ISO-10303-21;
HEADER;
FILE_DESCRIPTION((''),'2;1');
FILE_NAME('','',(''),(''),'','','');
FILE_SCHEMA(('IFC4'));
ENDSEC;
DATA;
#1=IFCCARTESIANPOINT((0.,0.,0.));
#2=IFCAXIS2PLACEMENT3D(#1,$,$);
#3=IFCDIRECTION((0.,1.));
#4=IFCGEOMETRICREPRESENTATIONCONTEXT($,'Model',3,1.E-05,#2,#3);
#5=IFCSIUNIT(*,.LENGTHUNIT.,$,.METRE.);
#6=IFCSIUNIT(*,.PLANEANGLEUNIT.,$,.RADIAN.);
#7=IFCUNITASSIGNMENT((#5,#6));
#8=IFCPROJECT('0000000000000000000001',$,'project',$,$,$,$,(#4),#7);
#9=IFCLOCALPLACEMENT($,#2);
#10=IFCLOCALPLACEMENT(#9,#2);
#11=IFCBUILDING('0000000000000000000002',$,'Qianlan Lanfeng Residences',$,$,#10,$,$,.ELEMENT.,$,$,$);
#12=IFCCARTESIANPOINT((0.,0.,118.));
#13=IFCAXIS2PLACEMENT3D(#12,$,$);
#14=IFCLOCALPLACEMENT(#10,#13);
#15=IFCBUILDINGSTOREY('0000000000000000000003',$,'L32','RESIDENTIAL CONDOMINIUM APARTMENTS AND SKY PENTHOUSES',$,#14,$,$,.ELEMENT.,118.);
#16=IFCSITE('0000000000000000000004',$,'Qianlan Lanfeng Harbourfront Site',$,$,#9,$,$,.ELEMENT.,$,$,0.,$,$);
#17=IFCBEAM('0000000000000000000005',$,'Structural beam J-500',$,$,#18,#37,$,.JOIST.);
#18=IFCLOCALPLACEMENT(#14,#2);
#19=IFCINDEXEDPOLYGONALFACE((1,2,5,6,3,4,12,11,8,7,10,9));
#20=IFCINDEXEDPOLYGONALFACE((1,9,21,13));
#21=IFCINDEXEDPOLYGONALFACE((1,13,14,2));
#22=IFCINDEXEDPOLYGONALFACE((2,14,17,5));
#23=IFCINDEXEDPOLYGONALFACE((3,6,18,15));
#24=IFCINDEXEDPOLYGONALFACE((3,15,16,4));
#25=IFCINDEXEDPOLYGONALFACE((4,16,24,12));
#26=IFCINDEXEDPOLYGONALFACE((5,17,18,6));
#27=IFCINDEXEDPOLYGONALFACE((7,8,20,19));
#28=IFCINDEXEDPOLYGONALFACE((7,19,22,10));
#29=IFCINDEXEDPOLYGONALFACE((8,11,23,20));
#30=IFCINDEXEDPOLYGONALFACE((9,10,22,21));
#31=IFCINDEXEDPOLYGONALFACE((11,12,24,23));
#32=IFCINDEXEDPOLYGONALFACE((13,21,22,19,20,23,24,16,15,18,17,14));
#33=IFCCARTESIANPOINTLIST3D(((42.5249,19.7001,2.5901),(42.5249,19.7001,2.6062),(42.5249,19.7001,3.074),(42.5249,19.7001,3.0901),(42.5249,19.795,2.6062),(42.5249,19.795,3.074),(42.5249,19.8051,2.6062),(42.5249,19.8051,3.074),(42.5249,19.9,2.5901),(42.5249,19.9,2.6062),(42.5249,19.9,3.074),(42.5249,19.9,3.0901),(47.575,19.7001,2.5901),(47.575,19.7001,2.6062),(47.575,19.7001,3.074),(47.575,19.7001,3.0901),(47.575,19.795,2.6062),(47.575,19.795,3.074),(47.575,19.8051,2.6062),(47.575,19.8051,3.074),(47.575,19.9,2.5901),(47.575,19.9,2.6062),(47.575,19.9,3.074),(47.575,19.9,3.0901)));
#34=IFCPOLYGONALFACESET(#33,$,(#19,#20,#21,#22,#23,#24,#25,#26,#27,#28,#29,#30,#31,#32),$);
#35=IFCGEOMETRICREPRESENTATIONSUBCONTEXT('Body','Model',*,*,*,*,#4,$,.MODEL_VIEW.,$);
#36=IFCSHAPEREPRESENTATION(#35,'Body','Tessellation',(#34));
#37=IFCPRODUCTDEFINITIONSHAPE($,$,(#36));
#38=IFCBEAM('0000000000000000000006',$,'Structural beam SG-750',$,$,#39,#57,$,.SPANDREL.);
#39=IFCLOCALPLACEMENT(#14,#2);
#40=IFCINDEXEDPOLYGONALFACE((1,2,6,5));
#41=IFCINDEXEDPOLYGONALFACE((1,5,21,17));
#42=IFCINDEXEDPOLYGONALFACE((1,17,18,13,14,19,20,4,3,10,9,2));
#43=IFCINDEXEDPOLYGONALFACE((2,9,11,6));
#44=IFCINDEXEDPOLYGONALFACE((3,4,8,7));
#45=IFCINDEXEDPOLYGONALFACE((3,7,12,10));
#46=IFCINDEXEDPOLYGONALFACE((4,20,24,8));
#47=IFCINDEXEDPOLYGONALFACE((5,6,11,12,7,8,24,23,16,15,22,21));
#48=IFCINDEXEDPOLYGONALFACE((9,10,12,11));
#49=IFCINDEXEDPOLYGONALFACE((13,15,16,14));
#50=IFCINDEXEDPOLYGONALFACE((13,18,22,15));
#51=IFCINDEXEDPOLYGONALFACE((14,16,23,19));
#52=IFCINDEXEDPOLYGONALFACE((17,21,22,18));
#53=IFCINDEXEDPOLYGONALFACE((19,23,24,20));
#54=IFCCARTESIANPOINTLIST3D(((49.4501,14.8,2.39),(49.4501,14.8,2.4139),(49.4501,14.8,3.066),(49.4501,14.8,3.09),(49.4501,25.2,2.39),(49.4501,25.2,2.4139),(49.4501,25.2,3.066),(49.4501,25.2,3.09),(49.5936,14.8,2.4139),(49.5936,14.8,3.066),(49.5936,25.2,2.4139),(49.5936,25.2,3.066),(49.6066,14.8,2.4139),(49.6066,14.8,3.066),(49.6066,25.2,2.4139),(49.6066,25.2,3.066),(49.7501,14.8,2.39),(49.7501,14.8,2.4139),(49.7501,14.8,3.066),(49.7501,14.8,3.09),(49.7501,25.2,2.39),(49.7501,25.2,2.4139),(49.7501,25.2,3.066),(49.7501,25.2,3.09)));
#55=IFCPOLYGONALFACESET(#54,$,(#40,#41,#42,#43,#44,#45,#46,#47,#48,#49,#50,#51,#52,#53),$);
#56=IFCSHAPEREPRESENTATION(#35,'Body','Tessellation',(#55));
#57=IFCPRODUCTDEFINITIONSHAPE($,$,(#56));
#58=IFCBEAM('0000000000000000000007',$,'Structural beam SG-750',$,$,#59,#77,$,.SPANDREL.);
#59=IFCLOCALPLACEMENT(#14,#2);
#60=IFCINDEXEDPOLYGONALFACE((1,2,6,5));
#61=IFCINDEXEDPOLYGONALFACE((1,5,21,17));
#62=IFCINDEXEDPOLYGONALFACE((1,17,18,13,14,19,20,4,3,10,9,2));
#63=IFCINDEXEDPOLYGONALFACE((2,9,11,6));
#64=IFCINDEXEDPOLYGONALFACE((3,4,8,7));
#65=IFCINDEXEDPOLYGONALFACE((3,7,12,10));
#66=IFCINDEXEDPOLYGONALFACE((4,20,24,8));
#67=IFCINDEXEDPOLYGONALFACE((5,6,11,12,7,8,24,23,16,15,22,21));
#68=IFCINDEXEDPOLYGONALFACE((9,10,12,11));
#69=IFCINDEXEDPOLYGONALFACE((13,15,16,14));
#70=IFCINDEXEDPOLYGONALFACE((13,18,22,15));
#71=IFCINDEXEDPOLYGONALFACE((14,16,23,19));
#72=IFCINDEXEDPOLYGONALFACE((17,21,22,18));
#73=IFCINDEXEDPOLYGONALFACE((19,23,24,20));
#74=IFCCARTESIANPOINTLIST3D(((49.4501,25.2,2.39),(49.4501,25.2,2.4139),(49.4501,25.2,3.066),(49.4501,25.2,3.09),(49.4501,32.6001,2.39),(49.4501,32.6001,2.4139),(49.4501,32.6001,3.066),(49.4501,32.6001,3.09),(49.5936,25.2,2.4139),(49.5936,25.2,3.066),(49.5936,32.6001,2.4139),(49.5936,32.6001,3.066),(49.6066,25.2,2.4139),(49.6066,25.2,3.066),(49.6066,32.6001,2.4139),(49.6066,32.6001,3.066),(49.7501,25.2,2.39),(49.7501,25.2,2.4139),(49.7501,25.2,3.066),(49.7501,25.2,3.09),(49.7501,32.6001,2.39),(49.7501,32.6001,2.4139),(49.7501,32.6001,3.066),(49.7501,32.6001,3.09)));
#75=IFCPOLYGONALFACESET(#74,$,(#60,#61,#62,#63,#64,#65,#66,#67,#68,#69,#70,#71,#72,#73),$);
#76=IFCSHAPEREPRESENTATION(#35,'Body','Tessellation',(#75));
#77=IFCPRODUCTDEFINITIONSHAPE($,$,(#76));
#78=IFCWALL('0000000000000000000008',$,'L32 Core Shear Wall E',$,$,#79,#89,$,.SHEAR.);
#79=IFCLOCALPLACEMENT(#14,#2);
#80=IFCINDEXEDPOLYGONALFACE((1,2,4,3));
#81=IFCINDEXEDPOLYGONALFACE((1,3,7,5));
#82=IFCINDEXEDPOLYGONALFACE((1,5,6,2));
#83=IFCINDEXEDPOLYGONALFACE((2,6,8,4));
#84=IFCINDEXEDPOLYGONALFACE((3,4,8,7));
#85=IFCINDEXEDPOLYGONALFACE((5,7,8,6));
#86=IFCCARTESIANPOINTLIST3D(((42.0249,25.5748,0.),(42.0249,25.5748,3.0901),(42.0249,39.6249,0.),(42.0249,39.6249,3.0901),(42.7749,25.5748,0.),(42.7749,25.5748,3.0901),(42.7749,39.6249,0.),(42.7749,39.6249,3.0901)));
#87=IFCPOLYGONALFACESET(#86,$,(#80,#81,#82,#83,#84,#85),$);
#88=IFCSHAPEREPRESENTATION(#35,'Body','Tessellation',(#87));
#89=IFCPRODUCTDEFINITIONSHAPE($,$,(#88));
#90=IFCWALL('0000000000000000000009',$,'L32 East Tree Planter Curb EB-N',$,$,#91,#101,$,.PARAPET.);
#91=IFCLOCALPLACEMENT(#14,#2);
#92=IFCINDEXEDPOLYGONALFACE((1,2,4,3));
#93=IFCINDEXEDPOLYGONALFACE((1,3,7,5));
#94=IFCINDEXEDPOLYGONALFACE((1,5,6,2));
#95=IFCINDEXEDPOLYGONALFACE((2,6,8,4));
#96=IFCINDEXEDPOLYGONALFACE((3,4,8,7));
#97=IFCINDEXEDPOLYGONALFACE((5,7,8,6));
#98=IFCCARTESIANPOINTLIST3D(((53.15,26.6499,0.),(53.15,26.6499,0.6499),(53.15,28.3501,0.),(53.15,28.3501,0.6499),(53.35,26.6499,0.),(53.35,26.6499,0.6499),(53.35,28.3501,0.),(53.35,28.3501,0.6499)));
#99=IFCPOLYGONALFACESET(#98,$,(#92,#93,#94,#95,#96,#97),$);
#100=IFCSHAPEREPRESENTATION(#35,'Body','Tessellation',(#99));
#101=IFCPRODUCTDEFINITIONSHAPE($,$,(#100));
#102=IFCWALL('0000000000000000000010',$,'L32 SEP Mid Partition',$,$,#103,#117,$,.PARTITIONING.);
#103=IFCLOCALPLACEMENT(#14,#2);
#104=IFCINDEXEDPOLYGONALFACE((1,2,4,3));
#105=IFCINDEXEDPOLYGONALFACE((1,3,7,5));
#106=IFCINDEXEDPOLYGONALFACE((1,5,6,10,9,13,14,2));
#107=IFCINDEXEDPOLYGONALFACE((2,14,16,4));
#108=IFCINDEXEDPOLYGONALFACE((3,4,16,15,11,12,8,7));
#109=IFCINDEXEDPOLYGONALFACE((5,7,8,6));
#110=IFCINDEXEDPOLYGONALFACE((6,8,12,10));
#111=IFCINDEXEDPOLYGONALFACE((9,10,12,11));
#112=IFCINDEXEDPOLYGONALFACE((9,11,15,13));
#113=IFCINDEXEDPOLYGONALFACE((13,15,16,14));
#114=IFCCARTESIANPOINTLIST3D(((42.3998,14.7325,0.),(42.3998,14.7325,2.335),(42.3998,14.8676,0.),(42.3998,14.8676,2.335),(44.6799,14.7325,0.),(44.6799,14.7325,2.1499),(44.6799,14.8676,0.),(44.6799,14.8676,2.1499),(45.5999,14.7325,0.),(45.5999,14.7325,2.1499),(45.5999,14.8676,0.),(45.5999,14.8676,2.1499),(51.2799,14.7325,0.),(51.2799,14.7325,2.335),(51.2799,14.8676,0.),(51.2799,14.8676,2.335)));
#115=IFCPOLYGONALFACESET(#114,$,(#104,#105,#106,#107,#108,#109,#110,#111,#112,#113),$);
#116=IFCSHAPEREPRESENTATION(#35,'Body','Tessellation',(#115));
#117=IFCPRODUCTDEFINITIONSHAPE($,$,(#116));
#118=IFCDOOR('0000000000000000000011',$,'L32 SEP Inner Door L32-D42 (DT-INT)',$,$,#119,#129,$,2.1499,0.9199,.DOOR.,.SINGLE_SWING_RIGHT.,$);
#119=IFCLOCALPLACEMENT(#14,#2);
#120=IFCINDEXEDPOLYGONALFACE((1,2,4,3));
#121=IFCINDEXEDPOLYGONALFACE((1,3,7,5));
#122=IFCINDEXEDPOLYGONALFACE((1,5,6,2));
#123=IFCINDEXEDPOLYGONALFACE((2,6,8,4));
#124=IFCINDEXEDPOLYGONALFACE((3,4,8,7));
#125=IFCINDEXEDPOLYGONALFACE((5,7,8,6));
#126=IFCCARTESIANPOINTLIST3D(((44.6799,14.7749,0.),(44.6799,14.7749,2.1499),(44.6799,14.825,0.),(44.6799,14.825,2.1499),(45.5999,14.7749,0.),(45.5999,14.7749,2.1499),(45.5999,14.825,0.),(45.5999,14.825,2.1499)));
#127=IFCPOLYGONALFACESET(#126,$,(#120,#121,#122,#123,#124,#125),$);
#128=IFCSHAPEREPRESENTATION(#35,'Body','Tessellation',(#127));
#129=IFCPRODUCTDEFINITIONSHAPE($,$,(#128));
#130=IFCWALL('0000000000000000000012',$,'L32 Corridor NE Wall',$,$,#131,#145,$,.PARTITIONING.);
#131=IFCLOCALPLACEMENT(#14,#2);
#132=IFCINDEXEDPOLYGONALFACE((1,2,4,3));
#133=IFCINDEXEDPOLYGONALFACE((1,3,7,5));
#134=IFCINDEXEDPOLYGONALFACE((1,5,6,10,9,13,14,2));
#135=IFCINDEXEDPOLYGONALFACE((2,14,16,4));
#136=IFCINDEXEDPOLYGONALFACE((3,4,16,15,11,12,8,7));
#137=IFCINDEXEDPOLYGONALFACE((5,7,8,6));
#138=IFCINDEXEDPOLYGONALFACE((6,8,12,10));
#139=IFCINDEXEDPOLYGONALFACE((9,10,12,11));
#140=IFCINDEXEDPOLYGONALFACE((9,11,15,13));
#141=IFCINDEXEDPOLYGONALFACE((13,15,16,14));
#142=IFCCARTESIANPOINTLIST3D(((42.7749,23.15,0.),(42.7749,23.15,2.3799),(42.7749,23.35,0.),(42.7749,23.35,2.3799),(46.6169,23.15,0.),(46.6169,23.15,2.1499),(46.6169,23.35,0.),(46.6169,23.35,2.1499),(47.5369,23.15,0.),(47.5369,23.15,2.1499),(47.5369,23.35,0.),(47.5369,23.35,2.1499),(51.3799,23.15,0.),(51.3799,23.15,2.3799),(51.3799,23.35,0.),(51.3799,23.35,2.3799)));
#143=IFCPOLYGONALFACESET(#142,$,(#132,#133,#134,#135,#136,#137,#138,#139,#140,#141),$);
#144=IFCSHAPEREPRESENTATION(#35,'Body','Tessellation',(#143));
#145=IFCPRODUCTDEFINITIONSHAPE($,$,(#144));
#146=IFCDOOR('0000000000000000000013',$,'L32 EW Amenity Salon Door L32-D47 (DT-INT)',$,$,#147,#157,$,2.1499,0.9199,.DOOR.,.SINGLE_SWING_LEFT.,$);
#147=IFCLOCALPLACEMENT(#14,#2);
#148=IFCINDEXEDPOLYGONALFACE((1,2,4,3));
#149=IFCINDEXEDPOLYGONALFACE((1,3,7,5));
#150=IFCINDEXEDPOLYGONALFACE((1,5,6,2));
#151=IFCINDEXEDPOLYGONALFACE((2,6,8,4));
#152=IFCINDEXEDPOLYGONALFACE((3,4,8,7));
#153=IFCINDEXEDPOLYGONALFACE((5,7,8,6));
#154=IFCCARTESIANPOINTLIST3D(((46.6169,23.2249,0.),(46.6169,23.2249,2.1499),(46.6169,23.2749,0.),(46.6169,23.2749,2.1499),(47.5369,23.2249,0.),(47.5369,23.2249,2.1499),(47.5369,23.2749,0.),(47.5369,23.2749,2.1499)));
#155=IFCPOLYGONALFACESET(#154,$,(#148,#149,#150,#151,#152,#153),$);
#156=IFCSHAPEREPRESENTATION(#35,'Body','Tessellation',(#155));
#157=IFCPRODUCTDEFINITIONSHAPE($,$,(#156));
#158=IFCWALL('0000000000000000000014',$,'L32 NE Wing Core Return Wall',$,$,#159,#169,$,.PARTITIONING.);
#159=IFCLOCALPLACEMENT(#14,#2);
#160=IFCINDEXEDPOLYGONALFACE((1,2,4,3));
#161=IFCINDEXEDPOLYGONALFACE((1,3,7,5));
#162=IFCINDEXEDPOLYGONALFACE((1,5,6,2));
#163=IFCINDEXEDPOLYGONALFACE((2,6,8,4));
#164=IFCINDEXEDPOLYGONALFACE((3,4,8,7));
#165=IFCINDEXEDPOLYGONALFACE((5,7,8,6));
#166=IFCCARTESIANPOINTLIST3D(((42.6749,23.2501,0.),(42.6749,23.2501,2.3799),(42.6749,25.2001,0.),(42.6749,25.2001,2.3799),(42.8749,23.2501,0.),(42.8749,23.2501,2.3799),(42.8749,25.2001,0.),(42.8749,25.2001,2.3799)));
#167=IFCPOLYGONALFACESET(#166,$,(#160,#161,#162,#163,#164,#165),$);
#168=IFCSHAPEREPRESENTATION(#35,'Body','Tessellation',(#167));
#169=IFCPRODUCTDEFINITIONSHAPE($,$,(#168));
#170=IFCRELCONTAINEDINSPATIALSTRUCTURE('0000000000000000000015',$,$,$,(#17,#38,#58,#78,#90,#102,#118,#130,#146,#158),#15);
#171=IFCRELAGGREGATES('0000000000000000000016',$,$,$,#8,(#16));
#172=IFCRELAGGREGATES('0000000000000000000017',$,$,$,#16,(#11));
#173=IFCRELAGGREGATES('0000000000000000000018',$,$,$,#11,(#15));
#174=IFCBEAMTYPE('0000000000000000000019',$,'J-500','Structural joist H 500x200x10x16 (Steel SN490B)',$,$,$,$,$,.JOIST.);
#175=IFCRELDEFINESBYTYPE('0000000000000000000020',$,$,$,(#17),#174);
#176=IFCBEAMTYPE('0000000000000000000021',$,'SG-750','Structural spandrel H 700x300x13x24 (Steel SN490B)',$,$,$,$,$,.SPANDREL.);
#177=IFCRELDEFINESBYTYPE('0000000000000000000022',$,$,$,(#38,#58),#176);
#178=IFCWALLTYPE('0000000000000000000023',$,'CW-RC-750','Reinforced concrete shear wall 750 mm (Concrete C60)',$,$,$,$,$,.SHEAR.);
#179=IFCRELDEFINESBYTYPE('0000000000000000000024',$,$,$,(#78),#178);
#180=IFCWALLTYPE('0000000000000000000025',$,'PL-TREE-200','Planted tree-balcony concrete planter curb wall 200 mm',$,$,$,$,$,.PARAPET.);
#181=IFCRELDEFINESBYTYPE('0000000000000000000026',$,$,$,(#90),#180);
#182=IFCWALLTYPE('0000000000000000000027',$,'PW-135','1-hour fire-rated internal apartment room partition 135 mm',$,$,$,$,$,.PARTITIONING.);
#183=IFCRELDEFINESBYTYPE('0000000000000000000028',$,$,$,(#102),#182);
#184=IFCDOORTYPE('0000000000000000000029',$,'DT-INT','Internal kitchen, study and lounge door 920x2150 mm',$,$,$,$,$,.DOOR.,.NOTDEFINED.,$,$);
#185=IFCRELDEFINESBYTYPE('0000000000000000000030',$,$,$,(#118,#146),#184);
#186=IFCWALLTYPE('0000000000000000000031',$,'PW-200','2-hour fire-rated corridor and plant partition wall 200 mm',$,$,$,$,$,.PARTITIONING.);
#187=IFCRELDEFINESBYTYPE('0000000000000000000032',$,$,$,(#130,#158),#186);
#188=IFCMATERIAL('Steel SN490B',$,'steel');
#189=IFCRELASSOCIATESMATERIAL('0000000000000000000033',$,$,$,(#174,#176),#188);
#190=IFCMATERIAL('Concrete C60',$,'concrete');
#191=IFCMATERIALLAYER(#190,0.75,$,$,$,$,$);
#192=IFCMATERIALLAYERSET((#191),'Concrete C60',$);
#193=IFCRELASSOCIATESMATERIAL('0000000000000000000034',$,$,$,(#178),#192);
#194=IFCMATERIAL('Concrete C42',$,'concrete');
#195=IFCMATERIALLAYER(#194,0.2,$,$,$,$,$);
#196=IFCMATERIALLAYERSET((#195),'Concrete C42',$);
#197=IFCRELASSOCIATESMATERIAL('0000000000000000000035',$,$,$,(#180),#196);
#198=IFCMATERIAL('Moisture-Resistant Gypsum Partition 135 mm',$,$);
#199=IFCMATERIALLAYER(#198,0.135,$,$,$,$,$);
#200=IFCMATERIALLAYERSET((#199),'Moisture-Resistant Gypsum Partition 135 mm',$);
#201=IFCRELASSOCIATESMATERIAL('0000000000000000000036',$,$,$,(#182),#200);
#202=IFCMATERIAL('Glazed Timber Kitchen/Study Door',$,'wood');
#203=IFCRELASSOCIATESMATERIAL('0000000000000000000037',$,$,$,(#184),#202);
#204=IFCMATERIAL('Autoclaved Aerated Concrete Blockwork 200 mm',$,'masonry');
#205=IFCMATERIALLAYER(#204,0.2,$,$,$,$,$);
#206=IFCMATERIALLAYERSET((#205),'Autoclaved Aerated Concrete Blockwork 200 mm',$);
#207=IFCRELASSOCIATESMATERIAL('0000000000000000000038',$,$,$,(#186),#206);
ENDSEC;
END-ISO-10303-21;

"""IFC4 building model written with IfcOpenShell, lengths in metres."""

from ifc_helpers import new_model, si_unit, direction, frame, frame_2d, origin, origin_2d, place, context, subcontext, project, spatial, rectangle, i_section, extrude, material, layer, layer_set, material_profile, profile_set, type_object, element, fill, save


model = new_model("IFC4")

# Units and contexts
model_context = context("Model", 3, precision=1e-05, world=origin(), true_north=direction((0.0, 1.0)))
body_context = subcontext(model_context, "Body", "Model", "MODEL_VIEW")
ifc_project = project(units=[si_unit("LENGTHUNIT", "METRE"), si_unit("PLANEANGLEUNIT", "RADIAN")], contexts=[model_context])

# Site, building, storey
site_placement = place(None, origin())
site = spatial("IfcSite", under=ifc_project, at=site_placement, Name="Qianlan Lanfeng Harbourfront Site", CompositionType="ELEMENT", RefElevation=0.0)
building_placement = place(site_placement, origin())
building = spatial("IfcBuilding", under=site, at=building_placement, Name="Qianlan Lanfeng Residences", CompositionType="ELEMENT")
storey_placement = place(building_placement, frame((0.0, 0.0, 118.0)))
storey = spatial("IfcBuildingStorey", under=building, at=storey_placement, Name="L32", Description="RESIDENTIAL CONDOMINIUM APARTMENTS AND SKY PENTHOUSES", CompositionType="ELEMENT", Elevation=118.0)

# Shared definitions
ifc_material_1 = material(Name="Steel SN490B", Category="steel")

# Beams
ifc_material_profile_1 = material_profile(ifc_material_1, i_section(OverallWidth=0.2, OverallDepth=0.5, WebThickness=0.01, FlangeThickness=0.0161, at=origin_2d()), Name="H 500x200x10x16")
ifc_profile_set_1 = profile_set([ifc_material_profile_1], Name="Steel SN490B")
beam_type_1 = type_object("IfcBeamType", Name="J-500", Description="Structural joist H 500x200x10x16 (Steel SN490B)", PredefinedType="JOIST", material=ifc_profile_set_1)
beam_1_placement = place(storey_placement, frame((42.5249, 19.8, 2.8401), z_axis=(1.0, 0.0, 0.0), x_axis=(0.0, 1.0, 0.0)))
element("IfcBeam", 1, at=beam_1_placement, inside=storey, type_object=beam_type_1, Name="Structural beam J-500", PredefinedType="JOIST", context=body_context, shape_type="SweptSolid", body=[
    extrude(i_section(OverallWidth=0.2, OverallDepth=0.5, WebThickness=0.01, FlangeThickness=0.0161, at=origin_2d()), origin(), (0.0, 0.0, 1.0), 5.05),
])
ifc_material_profile_2 = material_profile(ifc_material_1, i_section(OverallWidth=0.3, OverallDepth=0.7, WebThickness=0.0129, FlangeThickness=0.0239, at=origin_2d()), Name="H 700x300x13x24")
ifc_profile_set_2 = profile_set([ifc_material_profile_2], Name="Steel SN490B")
beam_type_2 = type_object("IfcBeamType", Name="SG-750", Description="Structural spandrel H 700x300x13x24 (Steel SN490B)", PredefinedType="SPANDREL", material=ifc_profile_set_2)
beam_2_placement = place(storey_placement, frame((49.6001, 14.8, 2.74), z_axis=(0.0, 1.0, 0.0), x_axis=(-1.0, 0.0, 0.0)))
element("IfcBeam", 2, at=beam_2_placement, inside=storey, type_object=beam_type_2, Name="Structural beam SG-750", PredefinedType="SPANDREL", context=body_context, shape_type="SweptSolid", body=[
    extrude(i_section(OverallWidth=0.3, OverallDepth=0.7, WebThickness=0.0129, FlangeThickness=0.0239, at=origin_2d()), origin(), (0.0, 0.0, 1.0), 10.3999),
])
beam_3_placement = place(storey_placement, frame((49.6001, 25.2, 2.74), z_axis=(0.0, 1.0, 0.0), x_axis=(-1.0, 0.0, 0.0)))
element("IfcBeam", 3, at=beam_3_placement, inside=storey, type_object=beam_type_2, Name="Structural beam SG-750", PredefinedType="SPANDREL", context=body_context, shape_type="SweptSolid", body=[
    extrude(i_section(OverallWidth=0.3, OverallDepth=0.7, WebThickness=0.0129, FlangeThickness=0.0239, at=origin_2d()), origin(), (0.0, 0.0, 1.0), 7.4001),
])

# Walls
ifc_material_2 = material(Name="Concrete C60", Category="concrete")
ifc_layer_1 = layer(ifc_material_2, 0.75)
ifc_layer_set_1 = layer_set([ifc_layer_1], Name="Concrete C60")
wall_type_1 = type_object("IfcWallType", Name="CW-RC-750", Description="Reinforced concrete shear wall 750 mm (Concrete C60)", PredefinedType="SHEAR", material=ifc_layer_set_1)
wall_1_placement = place(storey_placement, frame((42.3999, 25.575, 0.0), z_axis=(0.0, 0.0, 1.0), x_axis=(0.0, 1.0, 0.0)))
element("IfcWall", 4, at=wall_1_placement, inside=storey, type_object=wall_type_1, Name="L32 Core Shear Wall E", PredefinedType="SHEAR", context=body_context, shape_type="SweptSolid", body=[
    extrude(rectangle(XDim=14.05, YDim=0.75, at=frame_2d((7.0249, 0.0))), origin(), (0.0, 0.0, 1.0), 3.0901),
])
ifc_material_3 = material(Name="Concrete C42", Category="concrete")
ifc_layer_2 = layer(ifc_material_3, 0.2)
ifc_layer_set_2 = layer_set([ifc_layer_2], Name="Concrete C42")
wall_type_2 = type_object("IfcWallType", Name="PL-TREE-200", Description="Planted tree-balcony concrete planter curb wall 200 mm", PredefinedType="PARAPET", material=ifc_layer_set_2)
wall_2_placement = place(storey_placement, frame((53.25, 26.6499, 0.0), z_axis=(0.0, 0.0, 1.0), x_axis=(0.0, 1.0, 0.0)))
element("IfcWall", 5, at=wall_2_placement, inside=storey, type_object=wall_type_2, Name="L32 East Tree Planter Curb EB-N", PredefinedType="PARAPET", context=body_context, shape_type="SweptSolid", body=[
    extrude(rectangle(XDim=1.7002, YDim=0.2, at=frame_2d((0.8501, 0.0))), origin(), (0.0, 0.0, 1.0), 0.6499),
])

# Walls, openings, doors
ifc_material_4 = material(Name="Moisture-Resistant Gypsum Partition 135 mm")
ifc_layer_3 = layer(ifc_material_4, 0.135)
ifc_layer_set_3 = layer_set([ifc_layer_3], Name="Moisture-Resistant Gypsum Partition 135 mm")
wall_type_3 = type_object("IfcWallType", Name="PW-135", Description="1-hour fire-rated internal apartment room partition 135 mm", PredefinedType="PARTITIONING", material=ifc_layer_set_3)
wall_3_placement = place(storey_placement, frame((42.3999, 14.8, 0.0), z_axis=(0.0, 0.0, 1.0), x_axis=(1.0, 0.0, 0.0)))
wall_3 = element("IfcWall", 6, at=wall_3_placement, inside=storey, type_object=wall_type_3, Name="L32 SEP Mid Partition", PredefinedType="PARTITIONING", context=body_context, shape_type="SweptSolid", body=[
    extrude(rectangle(XDim=8.8801, YDim=0.135, at=frame_2d((4.4399, 0.0))), origin(), (0.0, 0.0, 1.0), 2.335),
])
opening_1_placement = place(wall_3_placement, frame((2.28, 0.0, 0.0)))
opening_1 = element("IfcOpeningElement", 7, at=opening_1_placement, cuts=wall_3, PredefinedType="OPENING", context=body_context, shape_type="SweptSolid", body=[
    extrude(rectangle(XDim=0.9199, YDim=2.1499, at=frame_2d((0.46, 1.075))), frame((0.0, 0.0776, 0.0), z_axis=(0.0, -1.0, 0.0), x_axis=(1.0, 0.0, 0.0)), (0.0, 0.0, 1.0), 0.155),
])
ifc_material_5 = material(Name="Glazed Timber Kitchen/Study Door", Category="wood")
door_type = type_object("IfcDoorType", Name="DT-INT", Description="Internal kitchen, study and lounge door 920x2150 mm", OperationType="NOTDEFINED", PredefinedType="DOOR", material=ifc_material_5)
door_1_placement = place(opening_1_placement, origin())
door_1 = element("IfcDoor", 8, at=door_1_placement, inside=storey, type_object=door_type, Name="L32 SEP Inner Door L32-D42 (DT-INT)", OperationType="SINGLE_SWING_RIGHT", OverallHeight=2.1499, OverallWidth=0.9199, PredefinedType="DOOR", context=body_context, shape_type="SweptSolid", body=[
    extrude(rectangle(XDim=0.9199, YDim=2.1499, at=frame_2d((0.46, 1.075))), frame((0.0, 0.0249, 0.0), z_axis=(0.0, -1.0, 0.0), x_axis=(1.0, 0.0, 0.0)), (0.0, 0.0, 1.0), 0.05),
])
fill(opening_1, door_1)
ifc_material_6 = material(Name="Autoclaved Aerated Concrete Blockwork 200 mm", Category="masonry")
ifc_layer_4 = layer(ifc_material_6, 0.2)
ifc_layer_set_4 = layer_set([ifc_layer_4], Name="Autoclaved Aerated Concrete Blockwork 200 mm")
wall_type_4 = type_object("IfcWallType", Name="PW-200", Description="2-hour fire-rated corridor and plant partition wall 200 mm", PredefinedType="PARTITIONING", material=ifc_layer_set_4)
wall_4_placement = place(storey_placement, frame((42.7749, 23.25, 0.0), z_axis=(0.0, 0.0, 1.0), x_axis=(1.0, 0.0, 0.0)))
wall_4 = element("IfcWall", 9, at=wall_4_placement, inside=storey, type_object=wall_type_4, Name="L32 Corridor NE Wall", PredefinedType="PARTITIONING", context=body_context, shape_type="SweptSolid", body=[
    extrude(rectangle(XDim=8.605, YDim=0.2, at=frame_2d((4.3025, 0.0))), origin(), (0.0, 0.0, 1.0), 2.3799),
])
opening_2_placement = place(wall_4_placement, frame((3.842, 0.0, 0.0)))
opening_2 = element("IfcOpeningElement", 10, at=opening_2_placement, cuts=wall_4, PredefinedType="OPENING", context=body_context, shape_type="SweptSolid", body=[
    extrude(rectangle(XDim=0.9199, YDim=2.1499, at=frame_2d((0.46, 1.075))), frame((0.0, 0.1099, 0.0), z_axis=(0.0, -1.0, 0.0), x_axis=(1.0, 0.0, 0.0)), (0.0, 0.0, 1.0), 0.22),
])
door_2_placement = place(opening_2_placement, origin())
door_2 = element("IfcDoor", 11, at=door_2_placement, inside=storey, type_object=door_type, Name="L32 EW Amenity Salon Door L32-D47 (DT-INT)", OperationType="SINGLE_SWING_LEFT", OverallHeight=2.1499, OverallWidth=0.9199, PredefinedType="DOOR", context=body_context, shape_type="SweptSolid", body=[
    extrude(rectangle(XDim=0.9199, YDim=2.1499, at=frame_2d((0.46, 1.075))), frame((0.0, 0.0249, 0.0), z_axis=(0.0, -1.0, 0.0), x_axis=(1.0, 0.0, 0.0)), (0.0, 0.0, 1.0), 0.05),
])
fill(opening_2, door_2)

# Wall
wall_5_placement = place(storey_placement, frame((42.7749, 23.25, 0.0), z_axis=(0.0, 0.0, 1.0), x_axis=(0.0, 1.0, 0.0)))
element("IfcWall", 12, at=wall_5_placement, inside=storey, type_object=wall_type_4, Name="L32 NE Wing Core Return Wall", PredefinedType="PARTITIONING", context=body_context, shape_type="SweptSolid", body=[
    extrude(rectangle(XDim=1.95, YDim=0.2, at=frame_2d((0.9751, 0.0))), origin(), (0.0, 0.0, 1.0), 2.3799),
])

save(model, "model.ifc")
